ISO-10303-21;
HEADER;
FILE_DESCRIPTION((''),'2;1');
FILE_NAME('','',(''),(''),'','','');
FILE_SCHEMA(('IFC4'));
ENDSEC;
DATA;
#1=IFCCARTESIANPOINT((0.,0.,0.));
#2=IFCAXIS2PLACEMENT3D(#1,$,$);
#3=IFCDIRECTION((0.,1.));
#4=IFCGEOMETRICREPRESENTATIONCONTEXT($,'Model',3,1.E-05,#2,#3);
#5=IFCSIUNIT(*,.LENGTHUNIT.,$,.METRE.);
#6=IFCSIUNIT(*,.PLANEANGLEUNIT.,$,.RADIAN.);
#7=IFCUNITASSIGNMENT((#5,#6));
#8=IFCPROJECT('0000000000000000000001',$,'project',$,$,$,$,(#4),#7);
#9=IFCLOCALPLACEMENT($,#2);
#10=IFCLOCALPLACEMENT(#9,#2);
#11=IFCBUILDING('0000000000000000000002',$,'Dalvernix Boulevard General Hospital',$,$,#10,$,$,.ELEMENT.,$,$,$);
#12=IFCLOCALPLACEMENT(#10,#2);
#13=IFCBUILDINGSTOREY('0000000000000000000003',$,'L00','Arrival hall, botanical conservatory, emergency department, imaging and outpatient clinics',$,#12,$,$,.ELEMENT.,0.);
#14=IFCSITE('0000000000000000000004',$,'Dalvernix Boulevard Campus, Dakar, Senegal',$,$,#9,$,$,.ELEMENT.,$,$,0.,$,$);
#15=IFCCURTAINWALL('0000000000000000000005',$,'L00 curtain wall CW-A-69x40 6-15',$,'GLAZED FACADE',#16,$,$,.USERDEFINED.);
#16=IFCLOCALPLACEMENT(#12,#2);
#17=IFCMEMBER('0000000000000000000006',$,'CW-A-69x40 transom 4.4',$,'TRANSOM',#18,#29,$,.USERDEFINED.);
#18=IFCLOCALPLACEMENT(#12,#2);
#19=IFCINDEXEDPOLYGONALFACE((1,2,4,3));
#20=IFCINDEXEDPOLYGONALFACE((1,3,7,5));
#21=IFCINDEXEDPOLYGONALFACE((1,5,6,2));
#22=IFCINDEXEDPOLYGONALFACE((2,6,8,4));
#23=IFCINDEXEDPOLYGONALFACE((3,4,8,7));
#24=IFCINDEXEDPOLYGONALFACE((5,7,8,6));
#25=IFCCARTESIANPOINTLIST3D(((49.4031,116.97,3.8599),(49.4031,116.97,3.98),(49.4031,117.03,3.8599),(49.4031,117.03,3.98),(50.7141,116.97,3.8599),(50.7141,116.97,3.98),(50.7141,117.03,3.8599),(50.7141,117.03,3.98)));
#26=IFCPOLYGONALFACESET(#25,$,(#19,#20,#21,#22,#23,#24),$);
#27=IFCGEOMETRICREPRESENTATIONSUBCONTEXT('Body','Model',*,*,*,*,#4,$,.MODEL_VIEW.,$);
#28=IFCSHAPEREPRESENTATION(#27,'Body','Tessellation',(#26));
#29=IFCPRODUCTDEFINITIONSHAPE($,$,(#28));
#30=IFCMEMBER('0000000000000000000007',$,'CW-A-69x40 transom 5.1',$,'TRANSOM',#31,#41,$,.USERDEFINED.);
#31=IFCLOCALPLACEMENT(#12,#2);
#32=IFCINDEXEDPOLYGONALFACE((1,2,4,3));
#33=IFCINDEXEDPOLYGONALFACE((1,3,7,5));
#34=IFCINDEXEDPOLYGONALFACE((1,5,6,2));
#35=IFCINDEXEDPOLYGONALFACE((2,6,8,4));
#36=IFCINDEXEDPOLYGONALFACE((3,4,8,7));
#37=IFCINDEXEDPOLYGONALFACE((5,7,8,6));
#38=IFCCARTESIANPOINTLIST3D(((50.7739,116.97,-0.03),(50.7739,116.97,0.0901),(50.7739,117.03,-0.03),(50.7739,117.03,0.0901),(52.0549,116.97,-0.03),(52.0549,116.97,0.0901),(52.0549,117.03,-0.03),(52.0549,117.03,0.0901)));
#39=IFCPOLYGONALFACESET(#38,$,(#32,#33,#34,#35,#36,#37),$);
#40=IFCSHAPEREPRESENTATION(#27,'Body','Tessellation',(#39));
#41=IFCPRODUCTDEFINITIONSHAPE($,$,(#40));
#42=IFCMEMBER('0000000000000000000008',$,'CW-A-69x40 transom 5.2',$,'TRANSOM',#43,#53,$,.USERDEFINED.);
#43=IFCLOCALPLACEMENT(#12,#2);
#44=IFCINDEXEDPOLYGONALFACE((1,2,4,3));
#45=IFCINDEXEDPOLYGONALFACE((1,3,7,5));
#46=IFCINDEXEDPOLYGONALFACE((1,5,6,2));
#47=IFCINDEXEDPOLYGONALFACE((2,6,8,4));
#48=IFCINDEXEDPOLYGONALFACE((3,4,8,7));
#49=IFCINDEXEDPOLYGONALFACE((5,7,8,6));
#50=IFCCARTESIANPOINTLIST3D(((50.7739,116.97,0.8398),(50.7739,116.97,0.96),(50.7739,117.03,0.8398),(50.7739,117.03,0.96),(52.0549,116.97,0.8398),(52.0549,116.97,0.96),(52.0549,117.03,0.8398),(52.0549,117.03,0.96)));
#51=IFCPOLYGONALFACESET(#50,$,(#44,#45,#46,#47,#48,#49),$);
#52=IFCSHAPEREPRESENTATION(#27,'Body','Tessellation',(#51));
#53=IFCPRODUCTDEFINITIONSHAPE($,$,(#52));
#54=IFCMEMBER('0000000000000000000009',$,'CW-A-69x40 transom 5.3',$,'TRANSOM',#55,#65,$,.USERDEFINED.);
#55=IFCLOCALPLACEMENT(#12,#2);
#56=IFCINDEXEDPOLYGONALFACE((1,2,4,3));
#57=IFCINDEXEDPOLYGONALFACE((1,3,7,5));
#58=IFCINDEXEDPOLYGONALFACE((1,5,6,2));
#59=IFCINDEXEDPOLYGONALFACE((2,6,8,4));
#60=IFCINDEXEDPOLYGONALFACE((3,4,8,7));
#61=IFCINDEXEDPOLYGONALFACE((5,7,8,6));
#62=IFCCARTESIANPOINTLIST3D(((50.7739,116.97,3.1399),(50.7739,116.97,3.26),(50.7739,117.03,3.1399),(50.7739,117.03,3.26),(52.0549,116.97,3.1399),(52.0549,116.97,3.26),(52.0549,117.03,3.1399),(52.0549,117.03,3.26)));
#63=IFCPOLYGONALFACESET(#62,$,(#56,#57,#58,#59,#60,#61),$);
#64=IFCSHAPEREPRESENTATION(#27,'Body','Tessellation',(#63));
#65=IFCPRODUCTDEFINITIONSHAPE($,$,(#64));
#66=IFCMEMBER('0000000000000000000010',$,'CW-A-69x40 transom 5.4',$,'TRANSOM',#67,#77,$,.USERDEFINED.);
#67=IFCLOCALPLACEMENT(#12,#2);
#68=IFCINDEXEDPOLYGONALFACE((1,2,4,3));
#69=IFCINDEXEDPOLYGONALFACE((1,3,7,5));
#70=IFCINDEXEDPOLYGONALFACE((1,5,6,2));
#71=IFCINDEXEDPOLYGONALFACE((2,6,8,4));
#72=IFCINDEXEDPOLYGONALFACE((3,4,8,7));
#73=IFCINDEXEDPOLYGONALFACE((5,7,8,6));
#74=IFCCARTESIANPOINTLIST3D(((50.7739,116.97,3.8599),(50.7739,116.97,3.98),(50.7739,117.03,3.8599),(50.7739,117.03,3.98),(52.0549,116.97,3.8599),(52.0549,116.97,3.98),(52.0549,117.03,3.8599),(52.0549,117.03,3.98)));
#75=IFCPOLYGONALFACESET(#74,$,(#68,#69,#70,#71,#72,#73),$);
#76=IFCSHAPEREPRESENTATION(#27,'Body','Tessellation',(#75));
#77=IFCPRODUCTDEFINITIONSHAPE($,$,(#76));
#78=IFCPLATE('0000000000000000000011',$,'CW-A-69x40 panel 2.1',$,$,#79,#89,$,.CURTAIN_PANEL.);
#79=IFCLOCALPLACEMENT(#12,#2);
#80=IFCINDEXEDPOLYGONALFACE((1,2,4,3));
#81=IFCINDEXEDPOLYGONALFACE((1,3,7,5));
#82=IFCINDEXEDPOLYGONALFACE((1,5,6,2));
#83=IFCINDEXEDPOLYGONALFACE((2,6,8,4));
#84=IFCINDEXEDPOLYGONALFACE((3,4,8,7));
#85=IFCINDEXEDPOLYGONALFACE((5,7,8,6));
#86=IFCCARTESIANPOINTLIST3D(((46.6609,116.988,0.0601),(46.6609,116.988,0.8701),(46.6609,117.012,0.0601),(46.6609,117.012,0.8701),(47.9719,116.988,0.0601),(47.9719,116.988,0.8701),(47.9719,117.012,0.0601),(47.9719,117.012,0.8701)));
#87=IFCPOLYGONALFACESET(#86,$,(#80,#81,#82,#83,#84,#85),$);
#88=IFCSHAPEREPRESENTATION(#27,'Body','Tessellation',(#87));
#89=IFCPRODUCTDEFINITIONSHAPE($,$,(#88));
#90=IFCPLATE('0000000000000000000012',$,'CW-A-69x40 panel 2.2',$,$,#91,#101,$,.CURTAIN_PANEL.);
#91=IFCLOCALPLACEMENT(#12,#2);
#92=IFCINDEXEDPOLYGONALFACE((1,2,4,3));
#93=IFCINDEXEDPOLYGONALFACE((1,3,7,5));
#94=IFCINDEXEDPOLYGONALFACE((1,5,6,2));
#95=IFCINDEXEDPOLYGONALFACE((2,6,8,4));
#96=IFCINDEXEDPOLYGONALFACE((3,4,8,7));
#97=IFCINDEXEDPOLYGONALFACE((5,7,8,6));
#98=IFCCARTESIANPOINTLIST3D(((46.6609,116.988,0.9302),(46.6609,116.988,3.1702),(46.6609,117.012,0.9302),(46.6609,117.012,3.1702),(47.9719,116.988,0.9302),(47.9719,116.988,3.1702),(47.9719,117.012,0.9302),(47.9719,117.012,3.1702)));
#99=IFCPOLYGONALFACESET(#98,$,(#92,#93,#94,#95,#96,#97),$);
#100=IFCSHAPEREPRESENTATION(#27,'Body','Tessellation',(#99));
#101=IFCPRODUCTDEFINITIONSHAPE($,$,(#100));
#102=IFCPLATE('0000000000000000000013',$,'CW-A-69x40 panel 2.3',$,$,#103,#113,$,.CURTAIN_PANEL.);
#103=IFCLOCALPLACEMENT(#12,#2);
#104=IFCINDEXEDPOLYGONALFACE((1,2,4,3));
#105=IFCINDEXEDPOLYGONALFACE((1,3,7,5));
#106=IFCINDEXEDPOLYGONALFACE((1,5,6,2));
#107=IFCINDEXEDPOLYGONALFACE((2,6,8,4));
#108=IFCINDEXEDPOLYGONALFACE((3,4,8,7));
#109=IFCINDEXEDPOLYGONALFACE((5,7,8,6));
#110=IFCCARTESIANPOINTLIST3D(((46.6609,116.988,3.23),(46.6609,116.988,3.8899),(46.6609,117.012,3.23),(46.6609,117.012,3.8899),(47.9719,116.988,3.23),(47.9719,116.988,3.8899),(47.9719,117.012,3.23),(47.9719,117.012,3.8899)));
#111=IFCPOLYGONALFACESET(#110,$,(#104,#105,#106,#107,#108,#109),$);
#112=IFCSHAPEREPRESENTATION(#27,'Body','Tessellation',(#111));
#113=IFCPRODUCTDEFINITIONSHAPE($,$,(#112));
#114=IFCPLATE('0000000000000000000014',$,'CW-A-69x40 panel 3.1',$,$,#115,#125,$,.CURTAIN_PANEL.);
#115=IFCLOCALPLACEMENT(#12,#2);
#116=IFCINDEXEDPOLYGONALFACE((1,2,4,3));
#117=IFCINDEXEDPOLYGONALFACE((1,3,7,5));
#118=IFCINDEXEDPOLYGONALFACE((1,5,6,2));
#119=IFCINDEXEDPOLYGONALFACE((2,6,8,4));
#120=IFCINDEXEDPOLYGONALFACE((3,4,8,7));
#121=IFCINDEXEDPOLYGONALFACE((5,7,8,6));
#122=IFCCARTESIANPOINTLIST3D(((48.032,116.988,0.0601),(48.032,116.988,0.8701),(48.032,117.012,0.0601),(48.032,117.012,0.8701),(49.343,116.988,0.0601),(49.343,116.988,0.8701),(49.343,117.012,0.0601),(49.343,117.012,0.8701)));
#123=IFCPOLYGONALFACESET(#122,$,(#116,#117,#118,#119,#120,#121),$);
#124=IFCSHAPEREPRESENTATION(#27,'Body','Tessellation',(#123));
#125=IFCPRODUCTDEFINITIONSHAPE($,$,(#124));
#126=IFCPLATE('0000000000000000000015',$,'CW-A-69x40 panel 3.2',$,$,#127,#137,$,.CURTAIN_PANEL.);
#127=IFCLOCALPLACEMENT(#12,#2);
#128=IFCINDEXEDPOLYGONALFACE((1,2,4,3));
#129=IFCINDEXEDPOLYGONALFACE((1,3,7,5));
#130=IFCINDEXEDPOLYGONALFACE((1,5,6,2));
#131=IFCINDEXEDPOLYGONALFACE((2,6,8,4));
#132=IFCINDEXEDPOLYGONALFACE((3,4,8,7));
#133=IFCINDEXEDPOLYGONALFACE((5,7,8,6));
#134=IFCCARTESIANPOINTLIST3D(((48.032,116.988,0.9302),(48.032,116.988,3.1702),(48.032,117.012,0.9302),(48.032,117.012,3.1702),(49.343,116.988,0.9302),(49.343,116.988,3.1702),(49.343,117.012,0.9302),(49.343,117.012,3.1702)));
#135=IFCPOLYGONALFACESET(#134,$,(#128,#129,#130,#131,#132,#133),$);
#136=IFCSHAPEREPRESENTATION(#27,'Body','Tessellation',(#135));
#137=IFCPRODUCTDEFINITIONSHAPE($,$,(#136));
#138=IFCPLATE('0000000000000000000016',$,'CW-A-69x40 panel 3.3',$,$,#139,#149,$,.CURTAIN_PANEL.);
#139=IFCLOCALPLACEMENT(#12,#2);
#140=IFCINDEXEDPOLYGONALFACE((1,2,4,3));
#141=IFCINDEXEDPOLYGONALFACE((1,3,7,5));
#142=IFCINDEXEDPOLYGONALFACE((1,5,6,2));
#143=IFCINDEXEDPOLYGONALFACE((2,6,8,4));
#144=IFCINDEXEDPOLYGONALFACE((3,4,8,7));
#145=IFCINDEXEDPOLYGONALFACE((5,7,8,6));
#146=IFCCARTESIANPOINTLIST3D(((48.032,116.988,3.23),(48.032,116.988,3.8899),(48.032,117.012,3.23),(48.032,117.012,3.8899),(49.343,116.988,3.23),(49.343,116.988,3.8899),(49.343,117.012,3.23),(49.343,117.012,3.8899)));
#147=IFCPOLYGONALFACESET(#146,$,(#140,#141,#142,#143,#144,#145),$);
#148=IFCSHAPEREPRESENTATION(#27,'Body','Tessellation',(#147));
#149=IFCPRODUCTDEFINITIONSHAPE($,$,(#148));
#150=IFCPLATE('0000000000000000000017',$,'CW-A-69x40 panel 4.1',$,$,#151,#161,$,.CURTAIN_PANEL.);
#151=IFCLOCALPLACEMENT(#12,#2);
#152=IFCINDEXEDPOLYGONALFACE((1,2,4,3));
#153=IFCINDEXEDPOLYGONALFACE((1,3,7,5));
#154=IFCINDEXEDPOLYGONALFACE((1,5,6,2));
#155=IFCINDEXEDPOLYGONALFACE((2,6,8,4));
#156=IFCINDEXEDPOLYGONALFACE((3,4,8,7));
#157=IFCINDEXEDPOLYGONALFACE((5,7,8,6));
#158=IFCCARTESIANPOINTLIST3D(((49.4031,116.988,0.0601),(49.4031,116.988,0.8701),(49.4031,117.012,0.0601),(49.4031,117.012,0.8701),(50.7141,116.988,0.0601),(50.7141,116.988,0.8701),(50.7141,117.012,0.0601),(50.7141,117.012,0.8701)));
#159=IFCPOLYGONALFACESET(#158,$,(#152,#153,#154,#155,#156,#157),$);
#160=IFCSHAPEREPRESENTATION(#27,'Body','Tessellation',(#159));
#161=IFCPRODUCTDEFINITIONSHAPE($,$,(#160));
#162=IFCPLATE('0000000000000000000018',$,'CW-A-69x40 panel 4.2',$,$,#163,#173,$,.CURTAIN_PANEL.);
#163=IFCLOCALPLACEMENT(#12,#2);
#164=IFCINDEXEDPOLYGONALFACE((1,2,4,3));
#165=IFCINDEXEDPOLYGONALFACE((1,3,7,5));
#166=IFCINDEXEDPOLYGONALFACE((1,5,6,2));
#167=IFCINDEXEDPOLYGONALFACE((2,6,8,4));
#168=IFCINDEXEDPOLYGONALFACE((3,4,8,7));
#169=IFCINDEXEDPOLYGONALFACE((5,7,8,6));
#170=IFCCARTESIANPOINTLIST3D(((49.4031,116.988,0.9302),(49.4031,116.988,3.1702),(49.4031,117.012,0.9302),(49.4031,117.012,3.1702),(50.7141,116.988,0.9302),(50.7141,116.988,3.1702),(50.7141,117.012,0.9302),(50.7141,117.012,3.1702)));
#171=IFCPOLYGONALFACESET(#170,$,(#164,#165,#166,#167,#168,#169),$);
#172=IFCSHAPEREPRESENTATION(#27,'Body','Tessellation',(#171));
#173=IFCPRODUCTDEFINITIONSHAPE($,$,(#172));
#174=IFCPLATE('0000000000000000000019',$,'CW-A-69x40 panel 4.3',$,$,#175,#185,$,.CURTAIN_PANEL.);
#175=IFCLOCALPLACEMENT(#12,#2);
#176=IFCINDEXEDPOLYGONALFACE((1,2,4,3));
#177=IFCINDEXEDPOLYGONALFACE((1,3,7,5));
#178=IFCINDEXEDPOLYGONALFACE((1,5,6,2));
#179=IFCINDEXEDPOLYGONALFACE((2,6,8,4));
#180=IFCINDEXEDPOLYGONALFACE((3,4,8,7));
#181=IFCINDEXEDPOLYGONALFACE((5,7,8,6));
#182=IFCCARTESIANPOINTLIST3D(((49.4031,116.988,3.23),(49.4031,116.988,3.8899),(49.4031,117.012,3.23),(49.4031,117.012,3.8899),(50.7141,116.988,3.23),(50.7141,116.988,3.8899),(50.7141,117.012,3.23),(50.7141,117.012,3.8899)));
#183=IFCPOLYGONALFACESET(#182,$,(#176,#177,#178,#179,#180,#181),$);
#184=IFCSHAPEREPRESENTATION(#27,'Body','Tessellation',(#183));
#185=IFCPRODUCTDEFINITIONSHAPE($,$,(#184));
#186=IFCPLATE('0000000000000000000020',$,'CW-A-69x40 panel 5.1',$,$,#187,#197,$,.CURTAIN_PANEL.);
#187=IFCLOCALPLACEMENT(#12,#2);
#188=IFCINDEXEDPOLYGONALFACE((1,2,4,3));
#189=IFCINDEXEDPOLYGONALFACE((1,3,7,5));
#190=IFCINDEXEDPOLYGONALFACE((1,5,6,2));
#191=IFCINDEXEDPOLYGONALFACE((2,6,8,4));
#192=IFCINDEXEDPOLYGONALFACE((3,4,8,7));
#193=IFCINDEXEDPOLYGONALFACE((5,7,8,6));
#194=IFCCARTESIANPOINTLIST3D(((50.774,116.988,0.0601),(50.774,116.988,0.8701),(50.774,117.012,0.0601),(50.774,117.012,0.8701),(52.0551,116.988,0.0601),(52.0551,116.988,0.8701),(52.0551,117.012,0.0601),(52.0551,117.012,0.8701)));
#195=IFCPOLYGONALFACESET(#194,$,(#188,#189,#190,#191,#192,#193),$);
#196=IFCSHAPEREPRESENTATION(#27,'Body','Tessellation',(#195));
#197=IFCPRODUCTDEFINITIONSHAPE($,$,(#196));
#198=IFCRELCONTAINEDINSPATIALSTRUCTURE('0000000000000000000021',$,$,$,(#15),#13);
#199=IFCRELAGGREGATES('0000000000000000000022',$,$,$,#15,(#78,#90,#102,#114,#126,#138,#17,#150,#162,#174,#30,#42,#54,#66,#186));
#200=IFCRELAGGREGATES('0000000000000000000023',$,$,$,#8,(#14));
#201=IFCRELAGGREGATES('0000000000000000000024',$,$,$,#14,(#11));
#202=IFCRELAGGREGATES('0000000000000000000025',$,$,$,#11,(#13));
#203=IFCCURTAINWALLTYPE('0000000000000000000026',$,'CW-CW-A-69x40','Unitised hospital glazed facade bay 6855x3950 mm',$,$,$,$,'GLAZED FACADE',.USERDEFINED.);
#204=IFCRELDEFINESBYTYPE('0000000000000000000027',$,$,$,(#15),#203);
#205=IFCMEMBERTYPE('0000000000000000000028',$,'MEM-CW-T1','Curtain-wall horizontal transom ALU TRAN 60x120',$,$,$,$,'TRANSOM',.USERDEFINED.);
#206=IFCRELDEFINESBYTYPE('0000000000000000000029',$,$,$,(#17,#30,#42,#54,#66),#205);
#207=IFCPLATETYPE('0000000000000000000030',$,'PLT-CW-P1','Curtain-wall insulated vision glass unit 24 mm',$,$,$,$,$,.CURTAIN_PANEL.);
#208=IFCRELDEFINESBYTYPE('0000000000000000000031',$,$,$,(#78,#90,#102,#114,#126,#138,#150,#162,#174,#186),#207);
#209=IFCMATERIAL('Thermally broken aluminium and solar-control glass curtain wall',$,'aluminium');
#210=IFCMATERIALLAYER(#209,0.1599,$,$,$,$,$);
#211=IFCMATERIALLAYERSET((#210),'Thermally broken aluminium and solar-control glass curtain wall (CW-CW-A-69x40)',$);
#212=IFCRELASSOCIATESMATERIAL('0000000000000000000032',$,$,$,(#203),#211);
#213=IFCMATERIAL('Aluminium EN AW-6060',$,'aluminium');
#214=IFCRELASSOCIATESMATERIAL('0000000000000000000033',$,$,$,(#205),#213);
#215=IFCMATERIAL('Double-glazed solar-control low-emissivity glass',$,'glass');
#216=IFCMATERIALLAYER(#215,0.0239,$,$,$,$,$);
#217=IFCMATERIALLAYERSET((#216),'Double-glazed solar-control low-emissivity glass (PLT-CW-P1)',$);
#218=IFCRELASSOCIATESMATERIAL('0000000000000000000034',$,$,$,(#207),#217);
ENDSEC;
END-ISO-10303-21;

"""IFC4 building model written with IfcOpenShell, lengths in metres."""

from ifc_helpers import new_model, si_unit, direction, frame, origin, origin_2d, place, context, subcontext, project, spatial, rectangle, extrude, material, layer, layer_set, material_profile, profile_set, type_object, element, aggregate, save


model = new_model("IFC4")

# Units and contexts
model_context = context("Model", 3, precision=1e-05, world=origin(), true_north=direction((0.0, 1.0)))
body_context = subcontext(model_context, "Body", "Model", "MODEL_VIEW")
ifc_project = project(units=[si_unit("LENGTHUNIT", "METRE"), si_unit("PLANEANGLEUNIT", "RADIAN")], contexts=[model_context])

# Site, building, storey
site_placement = place(None, origin())
site = spatial("IfcSite", under=ifc_project, at=site_placement, Name="Dalvernix Boulevard Campus, Dakar, Senegal", CompositionType="ELEMENT", RefElevation=0.0)
building_placement = place(site_placement, origin())
building = spatial("IfcBuilding", under=site, at=building_placement, Name="Dalvernix Boulevard General Hospital", CompositionType="ELEMENT")
storey_placement = place(building_placement, origin())
storey = spatial("IfcBuildingStorey", under=building, at=storey_placement, Name="L00", Description="Arrival hall, botanical conservatory, emergency department, imaging and outpatient clinics", CompositionType="ELEMENT", Elevation=0.0)

# Curtain wall, members, plates
ifc_material_1 = material(Name="Thermally broken aluminium and solar-control glass curtain wall", Category="aluminium")
ifc_layer_1 = layer(ifc_material_1, 0.1599)
ifc_layer_set_1 = layer_set([ifc_layer_1], Name="Thermally broken aluminium and solar-control glass curtain wall (CW-CW-A-69x40)")
curtain_wall_type = type_object("IfcCurtainWallType", Name="CW-CW-A-69x40", Description="Unitised hospital glazed facade bay 6855x3950 mm", ElementType="GLAZED FACADE", PredefinedType="USERDEFINED", material=ifc_layer_set_1)
curtain_wall_placement = place(storey_placement, origin())
curtain_wall = element("IfcCurtainWall", 1, at=curtain_wall_placement, inside=storey, type_object=curtain_wall_type, Name="L00 curtain wall CW-A-69x40 6-15", ObjectType="GLAZED FACADE", PredefinedType="USERDEFINED")
ifc_material_2 = material(Name="Aluminium EN AW-6060", Category="aluminium")
ifc_material_profile_1 = material_profile(ifc_material_2, rectangle(XDim=0.0601, YDim=0.1201, at=origin_2d()), Name="ALU TRAN 60x120")
ifc_profile_set_1 = profile_set([ifc_material_profile_1], Name="Aluminium EN AW-6060")
member_type_1 = type_object("IfcMemberType", Name="MEM-CW-T1", Description="Curtain-wall horizontal transom ALU TRAN 60x120", ElementType="TRANSOM", PredefinedType="USERDEFINED", material=ifc_profile_set_1)
member_1_placement = place(storey_placement, frame((49.4031, 117.0, 3.9199), z_axis=(1.0, 0.0, 0.0), x_axis=(0.0, 1.0, 0.0)))
member_1 = element("IfcMember", 2, at=member_1_placement, type_object=member_type_1, Name="CW-A-69x40 transom 4.4", ObjectType="TRANSOM", PredefinedType="USERDEFINED", context=body_context, shape_type="SweptSolid", body=[
    extrude(rectangle(XDim=0.0601, YDim=0.1201, at=origin_2d()), origin(), (0.0, 0.0, 1.0), 1.311),
])
member_2_placement = place(storey_placement, frame((50.7739, 117.0, 0.03), z_axis=(1.0, 0.0, 0.0), x_axis=(0.0, 1.0, 0.0)))
member_2 = element("IfcMember", 3, at=member_2_placement, type_object=member_type_1, Name="CW-A-69x40 transom 5.1", ObjectType="TRANSOM", PredefinedType="USERDEFINED", context=body_context, shape_type="SweptSolid", body=[
    extrude(rectangle(XDim=0.0601, YDim=0.1201, at=origin_2d()), origin(), (0.0, 0.0, 1.0), 1.281),
])
member_3_placement = place(storey_placement, frame((50.7739, 117.0, 0.8999), z_axis=(1.0, 0.0, 0.0), x_axis=(0.0, 1.0, 0.0)))
member_3 = element("IfcMember", 4, at=member_3_placement, type_object=member_type_1, Name="CW-A-69x40 transom 5.2", ObjectType="TRANSOM", PredefinedType="USERDEFINED", context=body_context, shape_type="SweptSolid", body=[
    extrude(rectangle(XDim=0.0601, YDim=0.1201, at=origin_2d()), origin(), (0.0, 0.0, 1.0), 1.281),
])
member_4_placement = place(storey_placement, frame((50.7739, 117.0, 3.2), z_axis=(1.0, 0.0, 0.0), x_axis=(0.0, 1.0, 0.0)))
member_4 = element("IfcMember", 5, at=member_4_placement, type_object=member_type_1, Name="CW-A-69x40 transom 5.3", ObjectType="TRANSOM", PredefinedType="USERDEFINED", context=body_context, shape_type="SweptSolid", body=[
    extrude(rectangle(XDim=0.0601, YDim=0.1201, at=origin_2d()), origin(), (0.0, 0.0, 1.0), 1.281),
])
member_5_placement = place(storey_placement, frame((50.7739, 117.0, 3.9199), z_axis=(1.0, 0.0, 0.0), x_axis=(0.0, 1.0, 0.0)))
member_5 = element("IfcMember", 6, at=member_5_placement, type_object=member_type_1, Name="CW-A-69x40 transom 5.4", ObjectType="TRANSOM", PredefinedType="USERDEFINED", context=body_context, shape_type="SweptSolid", body=[
    extrude(rectangle(XDim=0.0601, YDim=0.1201, at=origin_2d()), origin(), (0.0, 0.0, 1.0), 1.281),
])
ifc_material_3 = material(Name="Double-glazed solar-control low-emissivity glass", Category="glass")
ifc_layer_2 = layer(ifc_material_3, 0.0239)
ifc_layer_set_2 = layer_set([ifc_layer_2], Name="Double-glazed solar-control low-emissivity glass (PLT-CW-P1)")
plate_type = type_object("IfcPlateType", Name="PLT-CW-P1", Description="Curtain-wall insulated vision glass unit 24 mm", PredefinedType="CURTAIN_PANEL", material=ifc_layer_set_2)
plate_1_placement = place(storey_placement, frame((47.3164, 117.0, 0.0601), z_axis=(0.0, 0.0, 1.0), x_axis=(1.0, 0.0, 0.0)))
plate_1 = element("IfcPlate", 7, at=plate_1_placement, type_object=plate_type, Name="CW-A-69x40 panel 2.1", PredefinedType="CURTAIN_PANEL", context=body_context, shape_type="SweptSolid", body=[
    extrude(rectangle(XDim=1.311, YDim=0.0239, at=origin_2d()), origin(), (0.0, 0.0, 1.0), 0.8101),
])
plate_2_placement = place(storey_placement, frame((47.3164, 117.0, 0.9302), z_axis=(0.0, 0.0, 1.0), x_axis=(1.0, 0.0, 0.0)))
plate_2 = element("IfcPlate", 8, at=plate_2_placement, type_object=plate_type, Name="CW-A-69x40 panel 2.2", PredefinedType="CURTAIN_PANEL", context=body_context, shape_type="SweptSolid", body=[
    extrude(rectangle(XDim=1.311, YDim=0.0239, at=origin_2d()), origin(), (0.0, 0.0, 1.0), 2.24),
])
plate_3_placement = place(storey_placement, frame((47.3164, 117.0, 3.23), z_axis=(0.0, 0.0, 1.0), x_axis=(1.0, 0.0, 0.0)))
plate_3 = element("IfcPlate", 9, at=plate_3_placement, type_object=plate_type, Name="CW-A-69x40 panel 2.3", PredefinedType="CURTAIN_PANEL", context=body_context, shape_type="SweptSolid", body=[
    extrude(rectangle(XDim=1.311, YDim=0.0239, at=origin_2d()), origin(), (0.0, 0.0, 1.0), 0.6599),
])
plate_4_placement = place(storey_placement, frame((48.6875, 117.0, 0.0601), z_axis=(0.0, 0.0, 1.0), x_axis=(1.0, 0.0, 0.0)))
plate_4 = element("IfcPlate", 10, at=plate_4_placement, type_object=plate_type, Name="CW-A-69x40 panel 3.1", PredefinedType="CURTAIN_PANEL", context=body_context, shape_type="SweptSolid", body=[
    extrude(rectangle(XDim=1.311, YDim=0.0239, at=origin_2d()), origin(), (0.0, 0.0, 1.0), 0.8101),
])
plate_5_placement = place(storey_placement, frame((48.6875, 117.0, 0.9302), z_axis=(0.0, 0.0, 1.0), x_axis=(1.0, 0.0, 0.0)))
plate_5 = element("IfcPlate", 11, at=plate_5_placement, type_object=plate_type, Name="CW-A-69x40 panel 3.2", PredefinedType="CURTAIN_PANEL", context=body_context, shape_type="SweptSolid", body=[
    extrude(rectangle(XDim=1.311, YDim=0.0239, at=origin_2d()), origin(), (0.0, 0.0, 1.0), 2.24),
])
plate_6_placement = place(storey_placement, frame((48.6875, 117.0, 3.23), z_axis=(0.0, 0.0, 1.0), x_axis=(1.0, 0.0, 0.0)))
plate_6 = element("IfcPlate", 12, at=plate_6_placement, type_object=plate_type, Name="CW-A-69x40 panel 3.3", PredefinedType="CURTAIN_PANEL", context=body_context, shape_type="SweptSolid", body=[
    extrude(rectangle(XDim=1.311, YDim=0.0239, at=origin_2d()), origin(), (0.0, 0.0, 1.0), 0.6599),
])
plate_7_placement = place(storey_placement, frame((50.0586, 117.0, 0.0601), z_axis=(0.0, 0.0, 1.0), x_axis=(1.0, 0.0, 0.0)))
plate_7 = element("IfcPlate", 13, at=plate_7_placement, type_object=plate_type, Name="CW-A-69x40 panel 4.1", PredefinedType="CURTAIN_PANEL", context=body_context, shape_type="SweptSolid", body=[
    extrude(rectangle(XDim=1.311, YDim=0.0239, at=origin_2d()), origin(), (0.0, 0.0, 1.0), 0.8101),
])
plate_8_placement = place(storey_placement, frame((50.0586, 117.0, 0.9302), z_axis=(0.0, 0.0, 1.0), x_axis=(1.0, 0.0, 0.0)))
plate_8 = element("IfcPlate", 14, at=plate_8_placement, type_object=plate_type, Name="CW-A-69x40 panel 4.2", PredefinedType="CURTAIN_PANEL", context=body_context, shape_type="SweptSolid", body=[
    extrude(rectangle(XDim=1.311, YDim=0.0239, at=origin_2d()), origin(), (0.0, 0.0, 1.0), 2.24),
])
plate_9_placement = place(storey_placement, frame((50.0586, 117.0, 3.23), z_axis=(0.0, 0.0, 1.0), x_axis=(1.0, 0.0, 0.0)))
plate_9 = element("IfcPlate", 15, at=plate_9_placement, type_object=plate_type, Name="CW-A-69x40 panel 4.3", PredefinedType="CURTAIN_PANEL", context=body_context, shape_type="SweptSolid", body=[
    extrude(rectangle(XDim=1.311, YDim=0.0239, at=origin_2d()), origin(), (0.0, 0.0, 1.0), 0.6599),
])
plate_10_placement = place(storey_placement, frame((51.4146, 117.0, 0.0601), z_axis=(0.0, 0.0, 1.0), x_axis=(1.0, 0.0, 0.0)))
plate_10 = element("IfcPlate", 16, at=plate_10_placement, type_object=plate_type, Name="CW-A-69x40 panel 5.1", PredefinedType="CURTAIN_PANEL", context=body_context, shape_type="SweptSolid", body=[
    extrude(rectangle(XDim=1.281, YDim=0.0239, at=origin_2d()), origin(), (0.0, 0.0, 1.0), 0.8101),
])
aggregate(curtain_wall, [plate_1, plate_2, plate_3, plate_4, plate_5, plate_6, member_1, plate_7, plate_8, plate_9, member_2, member_3, member_4, member_5, plate_10])

save(model, "model.ifc")
